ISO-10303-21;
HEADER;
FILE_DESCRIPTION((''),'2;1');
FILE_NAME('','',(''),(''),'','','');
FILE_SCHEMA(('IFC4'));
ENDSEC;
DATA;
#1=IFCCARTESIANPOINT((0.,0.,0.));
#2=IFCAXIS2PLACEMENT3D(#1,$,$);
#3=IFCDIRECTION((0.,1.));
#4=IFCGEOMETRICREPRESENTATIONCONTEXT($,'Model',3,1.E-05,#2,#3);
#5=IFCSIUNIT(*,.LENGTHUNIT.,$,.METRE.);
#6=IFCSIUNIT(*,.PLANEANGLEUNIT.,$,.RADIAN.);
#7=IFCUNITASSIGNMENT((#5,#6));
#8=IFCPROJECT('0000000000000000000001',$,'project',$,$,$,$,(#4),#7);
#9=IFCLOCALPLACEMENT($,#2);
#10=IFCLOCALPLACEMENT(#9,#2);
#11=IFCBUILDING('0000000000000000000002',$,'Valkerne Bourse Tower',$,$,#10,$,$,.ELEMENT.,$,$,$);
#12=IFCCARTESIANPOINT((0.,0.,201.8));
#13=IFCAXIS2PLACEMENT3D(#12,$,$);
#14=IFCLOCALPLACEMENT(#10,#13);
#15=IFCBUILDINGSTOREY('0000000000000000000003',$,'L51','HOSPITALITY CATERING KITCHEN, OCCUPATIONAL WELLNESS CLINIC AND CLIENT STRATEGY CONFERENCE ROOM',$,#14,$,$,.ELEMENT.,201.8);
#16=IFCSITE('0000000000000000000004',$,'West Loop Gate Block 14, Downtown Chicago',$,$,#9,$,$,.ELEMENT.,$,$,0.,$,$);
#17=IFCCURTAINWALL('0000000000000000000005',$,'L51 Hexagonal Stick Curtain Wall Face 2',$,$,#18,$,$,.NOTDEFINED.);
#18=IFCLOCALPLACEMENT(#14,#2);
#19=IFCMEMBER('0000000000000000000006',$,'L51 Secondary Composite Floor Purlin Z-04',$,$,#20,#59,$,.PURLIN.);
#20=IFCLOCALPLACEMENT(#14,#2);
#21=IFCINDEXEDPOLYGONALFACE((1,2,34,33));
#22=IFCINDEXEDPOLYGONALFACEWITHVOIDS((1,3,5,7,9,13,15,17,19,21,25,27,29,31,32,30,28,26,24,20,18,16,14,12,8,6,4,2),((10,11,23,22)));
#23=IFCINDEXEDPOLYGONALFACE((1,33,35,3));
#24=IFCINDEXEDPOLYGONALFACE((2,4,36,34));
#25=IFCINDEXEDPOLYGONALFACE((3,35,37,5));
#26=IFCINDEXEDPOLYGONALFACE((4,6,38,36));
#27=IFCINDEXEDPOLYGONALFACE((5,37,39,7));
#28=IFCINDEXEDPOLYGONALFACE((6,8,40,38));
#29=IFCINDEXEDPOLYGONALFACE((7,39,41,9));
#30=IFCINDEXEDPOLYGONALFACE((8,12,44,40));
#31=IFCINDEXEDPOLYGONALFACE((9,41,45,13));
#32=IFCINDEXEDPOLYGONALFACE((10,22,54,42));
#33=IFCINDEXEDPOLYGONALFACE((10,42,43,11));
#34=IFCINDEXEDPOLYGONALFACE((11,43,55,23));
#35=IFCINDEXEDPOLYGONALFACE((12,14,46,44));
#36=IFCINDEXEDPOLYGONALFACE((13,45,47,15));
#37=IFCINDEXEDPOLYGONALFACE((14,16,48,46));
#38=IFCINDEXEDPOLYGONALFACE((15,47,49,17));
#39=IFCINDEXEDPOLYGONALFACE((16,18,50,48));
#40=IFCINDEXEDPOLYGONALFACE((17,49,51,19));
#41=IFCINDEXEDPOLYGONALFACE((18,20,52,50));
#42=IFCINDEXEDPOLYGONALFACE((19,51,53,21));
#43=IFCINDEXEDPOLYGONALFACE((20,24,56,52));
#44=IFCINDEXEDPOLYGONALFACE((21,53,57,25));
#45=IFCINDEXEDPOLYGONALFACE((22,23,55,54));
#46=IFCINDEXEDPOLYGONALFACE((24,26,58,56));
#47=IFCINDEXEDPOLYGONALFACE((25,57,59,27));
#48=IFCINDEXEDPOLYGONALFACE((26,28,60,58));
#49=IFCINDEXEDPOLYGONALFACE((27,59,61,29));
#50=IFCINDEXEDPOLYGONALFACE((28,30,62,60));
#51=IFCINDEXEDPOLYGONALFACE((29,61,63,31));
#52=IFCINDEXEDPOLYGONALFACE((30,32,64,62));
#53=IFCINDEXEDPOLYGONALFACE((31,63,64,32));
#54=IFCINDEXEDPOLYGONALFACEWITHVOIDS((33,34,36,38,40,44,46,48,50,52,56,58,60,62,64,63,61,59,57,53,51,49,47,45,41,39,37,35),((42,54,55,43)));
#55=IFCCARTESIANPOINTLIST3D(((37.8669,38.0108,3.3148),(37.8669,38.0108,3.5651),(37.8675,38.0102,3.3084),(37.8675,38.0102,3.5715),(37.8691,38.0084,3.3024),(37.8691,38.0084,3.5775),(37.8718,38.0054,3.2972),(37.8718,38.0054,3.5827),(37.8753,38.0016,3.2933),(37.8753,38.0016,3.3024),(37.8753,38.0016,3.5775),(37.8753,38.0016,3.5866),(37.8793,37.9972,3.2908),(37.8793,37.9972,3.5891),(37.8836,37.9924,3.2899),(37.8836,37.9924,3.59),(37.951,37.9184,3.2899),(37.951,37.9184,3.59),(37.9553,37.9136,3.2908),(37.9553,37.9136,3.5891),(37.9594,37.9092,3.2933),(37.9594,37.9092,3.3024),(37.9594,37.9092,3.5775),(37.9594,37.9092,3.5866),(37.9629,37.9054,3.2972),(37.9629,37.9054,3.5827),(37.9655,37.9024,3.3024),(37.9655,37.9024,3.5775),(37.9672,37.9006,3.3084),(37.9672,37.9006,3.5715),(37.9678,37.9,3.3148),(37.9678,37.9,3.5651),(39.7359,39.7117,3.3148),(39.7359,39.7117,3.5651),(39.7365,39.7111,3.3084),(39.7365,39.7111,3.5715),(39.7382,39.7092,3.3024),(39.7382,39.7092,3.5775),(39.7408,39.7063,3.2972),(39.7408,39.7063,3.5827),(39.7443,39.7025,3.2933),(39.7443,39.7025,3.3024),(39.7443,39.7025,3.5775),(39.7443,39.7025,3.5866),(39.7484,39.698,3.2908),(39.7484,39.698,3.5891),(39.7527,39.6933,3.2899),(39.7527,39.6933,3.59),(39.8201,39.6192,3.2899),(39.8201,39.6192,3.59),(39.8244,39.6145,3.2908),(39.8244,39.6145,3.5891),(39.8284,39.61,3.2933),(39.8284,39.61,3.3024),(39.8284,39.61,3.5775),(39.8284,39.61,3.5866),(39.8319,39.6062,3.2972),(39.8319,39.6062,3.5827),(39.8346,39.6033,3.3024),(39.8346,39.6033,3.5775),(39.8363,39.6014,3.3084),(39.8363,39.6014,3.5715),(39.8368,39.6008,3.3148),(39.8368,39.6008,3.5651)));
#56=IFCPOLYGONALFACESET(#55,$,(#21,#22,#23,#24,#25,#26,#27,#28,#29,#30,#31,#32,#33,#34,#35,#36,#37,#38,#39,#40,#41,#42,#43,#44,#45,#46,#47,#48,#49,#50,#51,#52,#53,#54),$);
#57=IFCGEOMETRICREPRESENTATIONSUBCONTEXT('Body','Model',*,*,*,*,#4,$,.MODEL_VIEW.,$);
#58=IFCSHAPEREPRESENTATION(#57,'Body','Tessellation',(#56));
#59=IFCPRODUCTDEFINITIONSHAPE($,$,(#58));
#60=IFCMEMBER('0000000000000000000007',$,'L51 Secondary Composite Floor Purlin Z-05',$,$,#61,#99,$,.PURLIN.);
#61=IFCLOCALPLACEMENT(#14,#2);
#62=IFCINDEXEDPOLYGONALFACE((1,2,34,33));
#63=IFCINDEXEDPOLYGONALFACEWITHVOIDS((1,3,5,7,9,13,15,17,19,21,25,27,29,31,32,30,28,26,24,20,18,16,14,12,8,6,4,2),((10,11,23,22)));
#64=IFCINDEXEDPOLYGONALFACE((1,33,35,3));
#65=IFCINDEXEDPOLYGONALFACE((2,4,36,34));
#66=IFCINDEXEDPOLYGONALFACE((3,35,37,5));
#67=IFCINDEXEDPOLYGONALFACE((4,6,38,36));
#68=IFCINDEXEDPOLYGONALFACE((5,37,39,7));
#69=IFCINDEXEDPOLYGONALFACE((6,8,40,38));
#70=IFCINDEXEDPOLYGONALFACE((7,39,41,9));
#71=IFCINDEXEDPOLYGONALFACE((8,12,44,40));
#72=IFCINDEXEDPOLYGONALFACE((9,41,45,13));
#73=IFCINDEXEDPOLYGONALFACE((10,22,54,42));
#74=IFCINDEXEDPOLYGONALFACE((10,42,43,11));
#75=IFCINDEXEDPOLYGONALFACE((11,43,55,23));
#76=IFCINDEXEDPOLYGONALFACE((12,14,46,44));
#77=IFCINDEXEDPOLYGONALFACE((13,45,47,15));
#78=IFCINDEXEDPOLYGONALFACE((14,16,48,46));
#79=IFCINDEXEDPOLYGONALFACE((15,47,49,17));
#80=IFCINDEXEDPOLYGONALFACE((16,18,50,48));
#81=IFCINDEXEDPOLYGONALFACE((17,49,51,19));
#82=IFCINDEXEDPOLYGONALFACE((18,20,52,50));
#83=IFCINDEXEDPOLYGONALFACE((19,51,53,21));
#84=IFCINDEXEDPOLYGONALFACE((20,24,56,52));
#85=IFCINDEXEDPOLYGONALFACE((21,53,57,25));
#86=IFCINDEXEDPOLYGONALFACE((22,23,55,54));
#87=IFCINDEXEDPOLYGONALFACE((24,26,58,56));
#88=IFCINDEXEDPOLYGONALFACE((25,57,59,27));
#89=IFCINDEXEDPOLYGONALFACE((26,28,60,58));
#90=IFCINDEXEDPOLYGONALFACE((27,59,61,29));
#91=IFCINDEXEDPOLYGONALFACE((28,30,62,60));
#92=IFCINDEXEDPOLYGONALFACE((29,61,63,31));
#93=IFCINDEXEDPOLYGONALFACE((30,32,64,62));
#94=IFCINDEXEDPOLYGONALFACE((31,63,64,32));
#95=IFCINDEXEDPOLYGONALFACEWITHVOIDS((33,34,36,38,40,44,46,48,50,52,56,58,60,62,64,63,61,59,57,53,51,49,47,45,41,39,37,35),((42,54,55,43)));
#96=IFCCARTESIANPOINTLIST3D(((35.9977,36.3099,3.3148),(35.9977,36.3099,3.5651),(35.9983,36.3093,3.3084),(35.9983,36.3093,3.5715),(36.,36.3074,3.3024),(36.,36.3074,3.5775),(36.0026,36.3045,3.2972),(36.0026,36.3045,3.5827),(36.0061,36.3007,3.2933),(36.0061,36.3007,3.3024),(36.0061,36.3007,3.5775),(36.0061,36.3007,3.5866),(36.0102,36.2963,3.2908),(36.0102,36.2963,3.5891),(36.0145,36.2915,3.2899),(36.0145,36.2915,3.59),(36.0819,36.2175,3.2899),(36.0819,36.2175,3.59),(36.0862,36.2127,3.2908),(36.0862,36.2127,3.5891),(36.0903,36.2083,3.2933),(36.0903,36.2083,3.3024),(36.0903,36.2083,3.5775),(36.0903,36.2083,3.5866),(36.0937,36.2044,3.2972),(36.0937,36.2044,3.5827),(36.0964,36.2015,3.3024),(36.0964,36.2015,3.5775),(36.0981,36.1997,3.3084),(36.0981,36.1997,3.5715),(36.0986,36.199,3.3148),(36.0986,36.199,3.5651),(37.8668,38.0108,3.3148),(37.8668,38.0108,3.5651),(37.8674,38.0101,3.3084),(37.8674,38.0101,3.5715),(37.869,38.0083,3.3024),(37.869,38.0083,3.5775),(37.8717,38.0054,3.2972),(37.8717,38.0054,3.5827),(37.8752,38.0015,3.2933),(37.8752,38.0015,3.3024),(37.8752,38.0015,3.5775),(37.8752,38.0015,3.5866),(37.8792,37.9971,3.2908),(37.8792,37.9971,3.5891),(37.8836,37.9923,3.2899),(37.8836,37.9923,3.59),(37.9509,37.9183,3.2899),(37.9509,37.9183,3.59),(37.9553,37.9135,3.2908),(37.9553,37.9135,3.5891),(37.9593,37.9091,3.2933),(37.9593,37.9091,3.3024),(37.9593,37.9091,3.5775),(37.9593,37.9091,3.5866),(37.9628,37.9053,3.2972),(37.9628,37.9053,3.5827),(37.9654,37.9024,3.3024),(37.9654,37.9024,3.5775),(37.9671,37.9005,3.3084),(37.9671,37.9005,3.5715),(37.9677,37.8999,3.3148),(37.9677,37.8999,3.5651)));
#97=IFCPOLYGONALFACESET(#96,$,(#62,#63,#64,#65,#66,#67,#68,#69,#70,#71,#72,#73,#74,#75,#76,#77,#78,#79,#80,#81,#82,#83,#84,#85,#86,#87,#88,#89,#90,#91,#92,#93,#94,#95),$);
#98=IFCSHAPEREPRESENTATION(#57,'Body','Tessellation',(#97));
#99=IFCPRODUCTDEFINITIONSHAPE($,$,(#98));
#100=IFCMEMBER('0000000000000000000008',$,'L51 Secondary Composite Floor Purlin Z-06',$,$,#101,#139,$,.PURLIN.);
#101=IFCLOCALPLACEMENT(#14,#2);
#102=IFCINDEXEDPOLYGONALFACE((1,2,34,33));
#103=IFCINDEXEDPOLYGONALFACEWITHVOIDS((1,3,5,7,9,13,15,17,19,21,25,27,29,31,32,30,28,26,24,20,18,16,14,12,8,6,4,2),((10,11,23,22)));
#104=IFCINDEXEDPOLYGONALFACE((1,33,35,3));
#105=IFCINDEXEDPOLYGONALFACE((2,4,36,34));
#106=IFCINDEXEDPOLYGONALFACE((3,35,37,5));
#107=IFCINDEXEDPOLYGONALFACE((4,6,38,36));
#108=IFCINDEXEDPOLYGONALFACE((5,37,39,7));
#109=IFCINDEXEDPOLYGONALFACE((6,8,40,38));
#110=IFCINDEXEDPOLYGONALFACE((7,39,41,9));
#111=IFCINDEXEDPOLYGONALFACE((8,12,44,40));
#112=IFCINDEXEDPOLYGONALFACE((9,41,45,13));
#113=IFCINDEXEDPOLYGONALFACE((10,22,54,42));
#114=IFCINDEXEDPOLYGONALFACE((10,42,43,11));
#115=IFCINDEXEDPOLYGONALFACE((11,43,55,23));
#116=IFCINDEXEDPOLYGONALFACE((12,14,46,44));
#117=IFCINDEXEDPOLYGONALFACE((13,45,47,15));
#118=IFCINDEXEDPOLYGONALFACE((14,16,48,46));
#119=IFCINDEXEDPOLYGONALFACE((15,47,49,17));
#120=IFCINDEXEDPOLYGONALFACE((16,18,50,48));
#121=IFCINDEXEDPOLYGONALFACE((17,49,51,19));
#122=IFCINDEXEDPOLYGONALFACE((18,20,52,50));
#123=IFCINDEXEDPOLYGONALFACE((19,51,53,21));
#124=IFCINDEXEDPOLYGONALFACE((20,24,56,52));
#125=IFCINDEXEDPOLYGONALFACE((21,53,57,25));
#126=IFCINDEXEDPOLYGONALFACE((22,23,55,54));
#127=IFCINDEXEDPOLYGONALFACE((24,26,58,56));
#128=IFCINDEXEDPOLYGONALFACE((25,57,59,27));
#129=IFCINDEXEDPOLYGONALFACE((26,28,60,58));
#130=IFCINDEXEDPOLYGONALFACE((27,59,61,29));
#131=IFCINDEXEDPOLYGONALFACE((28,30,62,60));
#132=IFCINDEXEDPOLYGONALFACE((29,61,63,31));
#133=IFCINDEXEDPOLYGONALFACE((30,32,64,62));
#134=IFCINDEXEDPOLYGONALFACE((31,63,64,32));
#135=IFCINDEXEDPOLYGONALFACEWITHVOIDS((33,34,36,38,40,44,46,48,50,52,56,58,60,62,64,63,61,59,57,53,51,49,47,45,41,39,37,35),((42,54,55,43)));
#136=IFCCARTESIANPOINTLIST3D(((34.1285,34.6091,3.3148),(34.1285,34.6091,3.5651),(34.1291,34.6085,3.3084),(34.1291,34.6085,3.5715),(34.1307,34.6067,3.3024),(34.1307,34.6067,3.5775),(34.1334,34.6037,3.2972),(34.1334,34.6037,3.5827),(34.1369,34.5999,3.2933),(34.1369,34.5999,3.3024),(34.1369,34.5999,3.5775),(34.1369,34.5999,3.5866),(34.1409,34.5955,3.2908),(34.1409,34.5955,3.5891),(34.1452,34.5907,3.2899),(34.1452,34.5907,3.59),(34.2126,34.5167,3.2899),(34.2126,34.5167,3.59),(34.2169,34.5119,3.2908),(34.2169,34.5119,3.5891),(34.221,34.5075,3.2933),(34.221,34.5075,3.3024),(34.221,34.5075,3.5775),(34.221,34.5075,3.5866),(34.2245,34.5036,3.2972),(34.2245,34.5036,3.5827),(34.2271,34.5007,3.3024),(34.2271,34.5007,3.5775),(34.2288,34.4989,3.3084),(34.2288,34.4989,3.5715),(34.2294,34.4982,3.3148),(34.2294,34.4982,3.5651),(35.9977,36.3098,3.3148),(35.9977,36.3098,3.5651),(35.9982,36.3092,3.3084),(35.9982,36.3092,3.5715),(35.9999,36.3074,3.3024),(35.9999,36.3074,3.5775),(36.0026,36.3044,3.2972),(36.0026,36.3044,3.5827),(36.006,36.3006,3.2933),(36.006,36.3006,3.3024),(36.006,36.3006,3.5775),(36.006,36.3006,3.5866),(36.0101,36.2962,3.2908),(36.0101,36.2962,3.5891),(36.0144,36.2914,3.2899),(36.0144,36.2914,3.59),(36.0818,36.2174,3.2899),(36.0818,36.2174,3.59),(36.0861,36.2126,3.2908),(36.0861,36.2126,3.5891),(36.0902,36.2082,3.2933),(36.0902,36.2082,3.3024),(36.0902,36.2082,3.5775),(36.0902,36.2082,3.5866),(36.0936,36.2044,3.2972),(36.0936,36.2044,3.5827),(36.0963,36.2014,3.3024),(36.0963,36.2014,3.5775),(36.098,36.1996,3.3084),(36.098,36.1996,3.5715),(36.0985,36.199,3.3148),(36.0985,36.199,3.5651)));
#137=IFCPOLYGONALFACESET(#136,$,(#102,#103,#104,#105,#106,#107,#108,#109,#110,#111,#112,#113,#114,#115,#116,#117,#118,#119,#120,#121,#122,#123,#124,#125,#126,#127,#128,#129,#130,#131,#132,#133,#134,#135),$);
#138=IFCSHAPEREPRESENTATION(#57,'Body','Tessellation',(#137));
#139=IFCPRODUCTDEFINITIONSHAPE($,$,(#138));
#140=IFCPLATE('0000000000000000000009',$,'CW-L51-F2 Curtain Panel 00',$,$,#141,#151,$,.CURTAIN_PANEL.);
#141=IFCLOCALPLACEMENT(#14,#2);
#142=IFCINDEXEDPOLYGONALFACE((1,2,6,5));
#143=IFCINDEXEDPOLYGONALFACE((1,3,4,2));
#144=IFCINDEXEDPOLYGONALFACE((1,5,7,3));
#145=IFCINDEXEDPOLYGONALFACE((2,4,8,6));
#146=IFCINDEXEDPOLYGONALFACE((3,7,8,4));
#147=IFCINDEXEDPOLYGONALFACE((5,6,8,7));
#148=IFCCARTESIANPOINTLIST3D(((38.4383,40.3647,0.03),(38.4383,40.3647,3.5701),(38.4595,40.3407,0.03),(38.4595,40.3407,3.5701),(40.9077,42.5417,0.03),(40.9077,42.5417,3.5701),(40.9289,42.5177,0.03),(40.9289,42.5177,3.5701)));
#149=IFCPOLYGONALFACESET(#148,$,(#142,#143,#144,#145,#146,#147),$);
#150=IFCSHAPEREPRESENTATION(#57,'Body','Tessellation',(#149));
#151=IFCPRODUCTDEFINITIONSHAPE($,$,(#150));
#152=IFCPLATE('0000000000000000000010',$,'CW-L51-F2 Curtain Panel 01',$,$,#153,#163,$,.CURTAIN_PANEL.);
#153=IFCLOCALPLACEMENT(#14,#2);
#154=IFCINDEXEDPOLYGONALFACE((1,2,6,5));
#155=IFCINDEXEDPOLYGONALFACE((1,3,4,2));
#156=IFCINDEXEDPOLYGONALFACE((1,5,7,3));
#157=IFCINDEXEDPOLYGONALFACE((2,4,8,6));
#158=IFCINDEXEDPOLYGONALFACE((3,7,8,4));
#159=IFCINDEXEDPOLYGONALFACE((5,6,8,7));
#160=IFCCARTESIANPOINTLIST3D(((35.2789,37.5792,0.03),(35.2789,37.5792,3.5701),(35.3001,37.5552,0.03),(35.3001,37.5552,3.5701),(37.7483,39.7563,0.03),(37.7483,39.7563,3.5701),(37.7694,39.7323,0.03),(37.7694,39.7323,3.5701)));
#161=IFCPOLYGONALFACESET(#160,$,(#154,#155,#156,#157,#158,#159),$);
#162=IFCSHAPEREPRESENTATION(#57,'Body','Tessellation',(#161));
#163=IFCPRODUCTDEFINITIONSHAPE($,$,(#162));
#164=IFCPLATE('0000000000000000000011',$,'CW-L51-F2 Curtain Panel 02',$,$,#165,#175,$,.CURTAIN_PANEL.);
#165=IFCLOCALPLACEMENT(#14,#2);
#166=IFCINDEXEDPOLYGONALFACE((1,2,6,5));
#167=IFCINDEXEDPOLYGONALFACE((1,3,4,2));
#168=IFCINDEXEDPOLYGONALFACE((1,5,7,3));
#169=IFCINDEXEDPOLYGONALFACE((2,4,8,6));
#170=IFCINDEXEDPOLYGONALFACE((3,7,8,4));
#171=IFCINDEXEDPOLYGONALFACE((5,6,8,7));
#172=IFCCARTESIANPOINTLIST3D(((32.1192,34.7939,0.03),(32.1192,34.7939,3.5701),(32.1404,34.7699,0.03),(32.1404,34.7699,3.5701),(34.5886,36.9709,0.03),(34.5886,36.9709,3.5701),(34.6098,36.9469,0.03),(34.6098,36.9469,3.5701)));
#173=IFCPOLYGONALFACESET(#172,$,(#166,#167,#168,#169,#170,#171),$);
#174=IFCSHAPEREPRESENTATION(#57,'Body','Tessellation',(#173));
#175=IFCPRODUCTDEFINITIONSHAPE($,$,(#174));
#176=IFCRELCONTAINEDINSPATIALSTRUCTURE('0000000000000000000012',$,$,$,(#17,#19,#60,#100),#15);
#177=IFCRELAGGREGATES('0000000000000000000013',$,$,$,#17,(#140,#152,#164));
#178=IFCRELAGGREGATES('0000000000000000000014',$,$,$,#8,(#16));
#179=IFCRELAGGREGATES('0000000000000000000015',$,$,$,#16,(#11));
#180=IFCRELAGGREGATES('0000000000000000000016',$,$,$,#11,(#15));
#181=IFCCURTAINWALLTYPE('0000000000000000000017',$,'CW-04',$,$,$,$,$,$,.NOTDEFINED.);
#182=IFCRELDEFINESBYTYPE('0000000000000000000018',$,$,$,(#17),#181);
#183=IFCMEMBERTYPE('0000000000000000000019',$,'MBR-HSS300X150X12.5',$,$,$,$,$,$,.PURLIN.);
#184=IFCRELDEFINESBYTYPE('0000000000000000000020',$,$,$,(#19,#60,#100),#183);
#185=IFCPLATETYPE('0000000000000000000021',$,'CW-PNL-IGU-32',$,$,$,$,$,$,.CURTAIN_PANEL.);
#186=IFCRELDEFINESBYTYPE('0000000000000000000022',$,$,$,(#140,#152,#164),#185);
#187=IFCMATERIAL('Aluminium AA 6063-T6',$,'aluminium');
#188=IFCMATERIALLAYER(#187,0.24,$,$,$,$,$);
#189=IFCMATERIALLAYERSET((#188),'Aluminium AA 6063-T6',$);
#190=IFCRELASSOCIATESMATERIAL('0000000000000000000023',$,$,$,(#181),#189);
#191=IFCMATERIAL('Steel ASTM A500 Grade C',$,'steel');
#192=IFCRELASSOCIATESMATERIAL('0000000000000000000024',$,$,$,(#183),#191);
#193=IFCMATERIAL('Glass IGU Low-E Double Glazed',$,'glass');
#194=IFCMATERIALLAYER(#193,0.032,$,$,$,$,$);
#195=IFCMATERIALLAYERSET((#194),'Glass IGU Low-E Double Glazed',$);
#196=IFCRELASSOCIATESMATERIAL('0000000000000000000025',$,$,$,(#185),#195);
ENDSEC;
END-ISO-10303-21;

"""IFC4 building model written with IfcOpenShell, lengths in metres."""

from ifc_helpers import new_model, si_unit, direction, frame, origin, origin_2d, place, context, subcontext, project, spatial, rectangle, hollow_rectangle, extrude, material, layer, layer_set, material_profile, profile_set, type_object, element, aggregate, save


model = new_model("IFC4")

# Units and contexts
model_context = context("Model", 3, precision=1e-05, world=origin(), true_north=direction((0.0, 1.0)))
body_context = subcontext(model_context, "Body", "Model", "MODEL_VIEW")
ifc_project = project(units=[si_unit("LENGTHUNIT", "METRE"), si_unit("PLANEANGLEUNIT", "RADIAN")], contexts=[model_context])

# Site, building, storey
site_placement = place(None, origin())
site = spatial("IfcSite", under=ifc_project, at=site_placement, Name="West Loop Gate Block 14, Downtown Chicago", CompositionType="ELEMENT", RefElevation=0.0)
building_placement = place(site_placement, origin())
building = spatial("IfcBuilding", under=site, at=building_placement, Name="Valkerne Bourse Tower", CompositionType="ELEMENT")
storey_placement = place(building_placement, frame((0.0, 0.0, 201.8)))
storey = spatial("IfcBuildingStorey", under=building, at=storey_placement, Name="L51", Description="HOSPITALITY CATERING KITCHEN, OCCUPATIONAL WELLNESS CLINIC AND CLIENT STRATEGY CONFERENCE ROOM", CompositionType="ELEMENT", Elevation=201.8)

# Curtain wall
ifc_material_1 = material(Name="Aluminium AA 6063-T6", Category="aluminium")
ifc_layer_1 = layer(ifc_material_1, 0.24)
ifc_layer_set_1 = layer_set([ifc_layer_1], Name="Aluminium AA 6063-T6")
curtain_wall_type = type_object("IfcCurtainWallType", Name="CW-04", PredefinedType="NOTDEFINED", material=ifc_layer_set_1)
curtain_wall_placement = place(storey_placement, origin())
curtain_wall = element("IfcCurtainWall", 1, at=curtain_wall_placement, inside=storey, type_object=curtain_wall_type, Name="L51 Hexagonal Stick Curtain Wall Face 2", PredefinedType="NOTDEFINED")

# Members
ifc_material_2 = material(Name="Steel ASTM A500 Grade C", Category="steel")
ifc_material_profile_1 = material_profile(ifc_material_2, hollow_rectangle(XDim=0.1499, YDim=0.3, WallThickness=0.0125, OuterFilletRadius=0.0249, at=origin_2d()), Name="HSS300X150X12.5")
ifc_profile_set_1 = profile_set([ifc_material_profile_1], Name="Steel ASTM A500 Grade C")
member_type_1 = type_object("IfcMemberType", Name="MBR-HSS300X150X12.5", PredefinedType="PURLIN", material=ifc_profile_set_1)
for number, where, z_axis, x_axis, name in (
    (2, (39.7864, 39.6562, 3.4399), (-0.739603, -0.673043, 0.0), (0.673043, -0.739603, 0.0), "L51 Secondary Composite Floor Purlin Z-04"),
    (3, (37.9172, 37.9553, 3.4399), (-0.739603, -0.673043, 0.0), (0.673043, -0.739603, 0.0), "L51 Secondary Composite Floor Purlin Z-05"),
    (4, (36.0481, 36.2544, 3.4399), (-0.739651, -0.67299, 0.0), (0.67299, -0.739651, 0.0), "L51 Secondary Composite Floor Purlin Z-06"),
):
    element("IfcMember", number, at=place(storey_placement, frame(where, z_axis=z_axis, x_axis=x_axis)), inside=storey, type_object=member_type_1, Name=name, PredefinedType="PURLIN", context=body_context, shape_type="SweptSolid", body=[
        extrude(hollow_rectangle(XDim=0.1499, YDim=0.3, WallThickness=0.0125, OuterFilletRadius=0.0249, at=origin_2d()), origin(), (0.0, 0.0, 1.0), 2.5271),
    ])

# Plates
ifc_material_3 = material(Name="Glass IGU Low-E Double Glazed", Category="glass")
ifc_layer_2 = layer(ifc_material_3, 0.032)
ifc_layer_set_2 = layer_set([ifc_layer_2], Name="Glass IGU Low-E Double Glazed")
plate_type = type_object("IfcPlateType", Name="CW-PNL-IGU-32", PredefinedType="CURTAIN_PANEL", material=ifc_layer_set_2)
plate_1_placement = place(storey_placement, frame((39.6836, 41.4412, 0.03), z_axis=(0.0, 0.0, 1.0), x_axis=(-0.75012, -0.661302, 0.0)))
plate_1 = element("IfcPlate", 5, at=plate_1_placement, type_object=plate_type, Name="CW-L51-F2 Curtain Panel 00", PredefinedType="CURTAIN_PANEL", context=body_context, shape_type="SweptSolid", body=[
    extrude(rectangle(XDim=3.292, YDim=0.032, at=origin_2d()), origin(), (0.0, 0.0, 1.0), 3.54),
])
plate_2_placement = place(storey_placement, frame((36.5242, 38.6558, 0.03), z_axis=(0.0, 0.0, 1.0), x_axis=(-0.750098, -0.661327, 0.0)))
plate_2 = element("IfcPlate", 6, at=plate_2_placement, type_object=plate_type, Name="CW-L51-F2 Curtain Panel 01", PredefinedType="CURTAIN_PANEL", context=body_context, shape_type="SweptSolid", body=[
    extrude(rectangle(XDim=3.292, YDim=0.032, at=origin_2d()), origin(), (0.0, 0.0, 1.0), 3.54),
])
plate_3_placement = place(storey_placement, frame((33.3645, 35.8704, 0.03), z_axis=(0.0, 0.0, 1.0), x_axis=(-0.75012, -0.661302, 0.0)))
plate_3 = element("IfcPlate", 7, at=plate_3_placement, type_object=plate_type, Name="CW-L51-F2 Curtain Panel 02", PredefinedType="CURTAIN_PANEL", context=body_context, shape_type="SweptSolid", body=[
    extrude(rectangle(XDim=3.292, YDim=0.032, at=origin_2d()), origin(), (0.0, 0.0, 1.0), 3.54),
])
aggregate(curtain_wall, [plate_1, plate_2, plate_3])

save(model, "model.ifc")
